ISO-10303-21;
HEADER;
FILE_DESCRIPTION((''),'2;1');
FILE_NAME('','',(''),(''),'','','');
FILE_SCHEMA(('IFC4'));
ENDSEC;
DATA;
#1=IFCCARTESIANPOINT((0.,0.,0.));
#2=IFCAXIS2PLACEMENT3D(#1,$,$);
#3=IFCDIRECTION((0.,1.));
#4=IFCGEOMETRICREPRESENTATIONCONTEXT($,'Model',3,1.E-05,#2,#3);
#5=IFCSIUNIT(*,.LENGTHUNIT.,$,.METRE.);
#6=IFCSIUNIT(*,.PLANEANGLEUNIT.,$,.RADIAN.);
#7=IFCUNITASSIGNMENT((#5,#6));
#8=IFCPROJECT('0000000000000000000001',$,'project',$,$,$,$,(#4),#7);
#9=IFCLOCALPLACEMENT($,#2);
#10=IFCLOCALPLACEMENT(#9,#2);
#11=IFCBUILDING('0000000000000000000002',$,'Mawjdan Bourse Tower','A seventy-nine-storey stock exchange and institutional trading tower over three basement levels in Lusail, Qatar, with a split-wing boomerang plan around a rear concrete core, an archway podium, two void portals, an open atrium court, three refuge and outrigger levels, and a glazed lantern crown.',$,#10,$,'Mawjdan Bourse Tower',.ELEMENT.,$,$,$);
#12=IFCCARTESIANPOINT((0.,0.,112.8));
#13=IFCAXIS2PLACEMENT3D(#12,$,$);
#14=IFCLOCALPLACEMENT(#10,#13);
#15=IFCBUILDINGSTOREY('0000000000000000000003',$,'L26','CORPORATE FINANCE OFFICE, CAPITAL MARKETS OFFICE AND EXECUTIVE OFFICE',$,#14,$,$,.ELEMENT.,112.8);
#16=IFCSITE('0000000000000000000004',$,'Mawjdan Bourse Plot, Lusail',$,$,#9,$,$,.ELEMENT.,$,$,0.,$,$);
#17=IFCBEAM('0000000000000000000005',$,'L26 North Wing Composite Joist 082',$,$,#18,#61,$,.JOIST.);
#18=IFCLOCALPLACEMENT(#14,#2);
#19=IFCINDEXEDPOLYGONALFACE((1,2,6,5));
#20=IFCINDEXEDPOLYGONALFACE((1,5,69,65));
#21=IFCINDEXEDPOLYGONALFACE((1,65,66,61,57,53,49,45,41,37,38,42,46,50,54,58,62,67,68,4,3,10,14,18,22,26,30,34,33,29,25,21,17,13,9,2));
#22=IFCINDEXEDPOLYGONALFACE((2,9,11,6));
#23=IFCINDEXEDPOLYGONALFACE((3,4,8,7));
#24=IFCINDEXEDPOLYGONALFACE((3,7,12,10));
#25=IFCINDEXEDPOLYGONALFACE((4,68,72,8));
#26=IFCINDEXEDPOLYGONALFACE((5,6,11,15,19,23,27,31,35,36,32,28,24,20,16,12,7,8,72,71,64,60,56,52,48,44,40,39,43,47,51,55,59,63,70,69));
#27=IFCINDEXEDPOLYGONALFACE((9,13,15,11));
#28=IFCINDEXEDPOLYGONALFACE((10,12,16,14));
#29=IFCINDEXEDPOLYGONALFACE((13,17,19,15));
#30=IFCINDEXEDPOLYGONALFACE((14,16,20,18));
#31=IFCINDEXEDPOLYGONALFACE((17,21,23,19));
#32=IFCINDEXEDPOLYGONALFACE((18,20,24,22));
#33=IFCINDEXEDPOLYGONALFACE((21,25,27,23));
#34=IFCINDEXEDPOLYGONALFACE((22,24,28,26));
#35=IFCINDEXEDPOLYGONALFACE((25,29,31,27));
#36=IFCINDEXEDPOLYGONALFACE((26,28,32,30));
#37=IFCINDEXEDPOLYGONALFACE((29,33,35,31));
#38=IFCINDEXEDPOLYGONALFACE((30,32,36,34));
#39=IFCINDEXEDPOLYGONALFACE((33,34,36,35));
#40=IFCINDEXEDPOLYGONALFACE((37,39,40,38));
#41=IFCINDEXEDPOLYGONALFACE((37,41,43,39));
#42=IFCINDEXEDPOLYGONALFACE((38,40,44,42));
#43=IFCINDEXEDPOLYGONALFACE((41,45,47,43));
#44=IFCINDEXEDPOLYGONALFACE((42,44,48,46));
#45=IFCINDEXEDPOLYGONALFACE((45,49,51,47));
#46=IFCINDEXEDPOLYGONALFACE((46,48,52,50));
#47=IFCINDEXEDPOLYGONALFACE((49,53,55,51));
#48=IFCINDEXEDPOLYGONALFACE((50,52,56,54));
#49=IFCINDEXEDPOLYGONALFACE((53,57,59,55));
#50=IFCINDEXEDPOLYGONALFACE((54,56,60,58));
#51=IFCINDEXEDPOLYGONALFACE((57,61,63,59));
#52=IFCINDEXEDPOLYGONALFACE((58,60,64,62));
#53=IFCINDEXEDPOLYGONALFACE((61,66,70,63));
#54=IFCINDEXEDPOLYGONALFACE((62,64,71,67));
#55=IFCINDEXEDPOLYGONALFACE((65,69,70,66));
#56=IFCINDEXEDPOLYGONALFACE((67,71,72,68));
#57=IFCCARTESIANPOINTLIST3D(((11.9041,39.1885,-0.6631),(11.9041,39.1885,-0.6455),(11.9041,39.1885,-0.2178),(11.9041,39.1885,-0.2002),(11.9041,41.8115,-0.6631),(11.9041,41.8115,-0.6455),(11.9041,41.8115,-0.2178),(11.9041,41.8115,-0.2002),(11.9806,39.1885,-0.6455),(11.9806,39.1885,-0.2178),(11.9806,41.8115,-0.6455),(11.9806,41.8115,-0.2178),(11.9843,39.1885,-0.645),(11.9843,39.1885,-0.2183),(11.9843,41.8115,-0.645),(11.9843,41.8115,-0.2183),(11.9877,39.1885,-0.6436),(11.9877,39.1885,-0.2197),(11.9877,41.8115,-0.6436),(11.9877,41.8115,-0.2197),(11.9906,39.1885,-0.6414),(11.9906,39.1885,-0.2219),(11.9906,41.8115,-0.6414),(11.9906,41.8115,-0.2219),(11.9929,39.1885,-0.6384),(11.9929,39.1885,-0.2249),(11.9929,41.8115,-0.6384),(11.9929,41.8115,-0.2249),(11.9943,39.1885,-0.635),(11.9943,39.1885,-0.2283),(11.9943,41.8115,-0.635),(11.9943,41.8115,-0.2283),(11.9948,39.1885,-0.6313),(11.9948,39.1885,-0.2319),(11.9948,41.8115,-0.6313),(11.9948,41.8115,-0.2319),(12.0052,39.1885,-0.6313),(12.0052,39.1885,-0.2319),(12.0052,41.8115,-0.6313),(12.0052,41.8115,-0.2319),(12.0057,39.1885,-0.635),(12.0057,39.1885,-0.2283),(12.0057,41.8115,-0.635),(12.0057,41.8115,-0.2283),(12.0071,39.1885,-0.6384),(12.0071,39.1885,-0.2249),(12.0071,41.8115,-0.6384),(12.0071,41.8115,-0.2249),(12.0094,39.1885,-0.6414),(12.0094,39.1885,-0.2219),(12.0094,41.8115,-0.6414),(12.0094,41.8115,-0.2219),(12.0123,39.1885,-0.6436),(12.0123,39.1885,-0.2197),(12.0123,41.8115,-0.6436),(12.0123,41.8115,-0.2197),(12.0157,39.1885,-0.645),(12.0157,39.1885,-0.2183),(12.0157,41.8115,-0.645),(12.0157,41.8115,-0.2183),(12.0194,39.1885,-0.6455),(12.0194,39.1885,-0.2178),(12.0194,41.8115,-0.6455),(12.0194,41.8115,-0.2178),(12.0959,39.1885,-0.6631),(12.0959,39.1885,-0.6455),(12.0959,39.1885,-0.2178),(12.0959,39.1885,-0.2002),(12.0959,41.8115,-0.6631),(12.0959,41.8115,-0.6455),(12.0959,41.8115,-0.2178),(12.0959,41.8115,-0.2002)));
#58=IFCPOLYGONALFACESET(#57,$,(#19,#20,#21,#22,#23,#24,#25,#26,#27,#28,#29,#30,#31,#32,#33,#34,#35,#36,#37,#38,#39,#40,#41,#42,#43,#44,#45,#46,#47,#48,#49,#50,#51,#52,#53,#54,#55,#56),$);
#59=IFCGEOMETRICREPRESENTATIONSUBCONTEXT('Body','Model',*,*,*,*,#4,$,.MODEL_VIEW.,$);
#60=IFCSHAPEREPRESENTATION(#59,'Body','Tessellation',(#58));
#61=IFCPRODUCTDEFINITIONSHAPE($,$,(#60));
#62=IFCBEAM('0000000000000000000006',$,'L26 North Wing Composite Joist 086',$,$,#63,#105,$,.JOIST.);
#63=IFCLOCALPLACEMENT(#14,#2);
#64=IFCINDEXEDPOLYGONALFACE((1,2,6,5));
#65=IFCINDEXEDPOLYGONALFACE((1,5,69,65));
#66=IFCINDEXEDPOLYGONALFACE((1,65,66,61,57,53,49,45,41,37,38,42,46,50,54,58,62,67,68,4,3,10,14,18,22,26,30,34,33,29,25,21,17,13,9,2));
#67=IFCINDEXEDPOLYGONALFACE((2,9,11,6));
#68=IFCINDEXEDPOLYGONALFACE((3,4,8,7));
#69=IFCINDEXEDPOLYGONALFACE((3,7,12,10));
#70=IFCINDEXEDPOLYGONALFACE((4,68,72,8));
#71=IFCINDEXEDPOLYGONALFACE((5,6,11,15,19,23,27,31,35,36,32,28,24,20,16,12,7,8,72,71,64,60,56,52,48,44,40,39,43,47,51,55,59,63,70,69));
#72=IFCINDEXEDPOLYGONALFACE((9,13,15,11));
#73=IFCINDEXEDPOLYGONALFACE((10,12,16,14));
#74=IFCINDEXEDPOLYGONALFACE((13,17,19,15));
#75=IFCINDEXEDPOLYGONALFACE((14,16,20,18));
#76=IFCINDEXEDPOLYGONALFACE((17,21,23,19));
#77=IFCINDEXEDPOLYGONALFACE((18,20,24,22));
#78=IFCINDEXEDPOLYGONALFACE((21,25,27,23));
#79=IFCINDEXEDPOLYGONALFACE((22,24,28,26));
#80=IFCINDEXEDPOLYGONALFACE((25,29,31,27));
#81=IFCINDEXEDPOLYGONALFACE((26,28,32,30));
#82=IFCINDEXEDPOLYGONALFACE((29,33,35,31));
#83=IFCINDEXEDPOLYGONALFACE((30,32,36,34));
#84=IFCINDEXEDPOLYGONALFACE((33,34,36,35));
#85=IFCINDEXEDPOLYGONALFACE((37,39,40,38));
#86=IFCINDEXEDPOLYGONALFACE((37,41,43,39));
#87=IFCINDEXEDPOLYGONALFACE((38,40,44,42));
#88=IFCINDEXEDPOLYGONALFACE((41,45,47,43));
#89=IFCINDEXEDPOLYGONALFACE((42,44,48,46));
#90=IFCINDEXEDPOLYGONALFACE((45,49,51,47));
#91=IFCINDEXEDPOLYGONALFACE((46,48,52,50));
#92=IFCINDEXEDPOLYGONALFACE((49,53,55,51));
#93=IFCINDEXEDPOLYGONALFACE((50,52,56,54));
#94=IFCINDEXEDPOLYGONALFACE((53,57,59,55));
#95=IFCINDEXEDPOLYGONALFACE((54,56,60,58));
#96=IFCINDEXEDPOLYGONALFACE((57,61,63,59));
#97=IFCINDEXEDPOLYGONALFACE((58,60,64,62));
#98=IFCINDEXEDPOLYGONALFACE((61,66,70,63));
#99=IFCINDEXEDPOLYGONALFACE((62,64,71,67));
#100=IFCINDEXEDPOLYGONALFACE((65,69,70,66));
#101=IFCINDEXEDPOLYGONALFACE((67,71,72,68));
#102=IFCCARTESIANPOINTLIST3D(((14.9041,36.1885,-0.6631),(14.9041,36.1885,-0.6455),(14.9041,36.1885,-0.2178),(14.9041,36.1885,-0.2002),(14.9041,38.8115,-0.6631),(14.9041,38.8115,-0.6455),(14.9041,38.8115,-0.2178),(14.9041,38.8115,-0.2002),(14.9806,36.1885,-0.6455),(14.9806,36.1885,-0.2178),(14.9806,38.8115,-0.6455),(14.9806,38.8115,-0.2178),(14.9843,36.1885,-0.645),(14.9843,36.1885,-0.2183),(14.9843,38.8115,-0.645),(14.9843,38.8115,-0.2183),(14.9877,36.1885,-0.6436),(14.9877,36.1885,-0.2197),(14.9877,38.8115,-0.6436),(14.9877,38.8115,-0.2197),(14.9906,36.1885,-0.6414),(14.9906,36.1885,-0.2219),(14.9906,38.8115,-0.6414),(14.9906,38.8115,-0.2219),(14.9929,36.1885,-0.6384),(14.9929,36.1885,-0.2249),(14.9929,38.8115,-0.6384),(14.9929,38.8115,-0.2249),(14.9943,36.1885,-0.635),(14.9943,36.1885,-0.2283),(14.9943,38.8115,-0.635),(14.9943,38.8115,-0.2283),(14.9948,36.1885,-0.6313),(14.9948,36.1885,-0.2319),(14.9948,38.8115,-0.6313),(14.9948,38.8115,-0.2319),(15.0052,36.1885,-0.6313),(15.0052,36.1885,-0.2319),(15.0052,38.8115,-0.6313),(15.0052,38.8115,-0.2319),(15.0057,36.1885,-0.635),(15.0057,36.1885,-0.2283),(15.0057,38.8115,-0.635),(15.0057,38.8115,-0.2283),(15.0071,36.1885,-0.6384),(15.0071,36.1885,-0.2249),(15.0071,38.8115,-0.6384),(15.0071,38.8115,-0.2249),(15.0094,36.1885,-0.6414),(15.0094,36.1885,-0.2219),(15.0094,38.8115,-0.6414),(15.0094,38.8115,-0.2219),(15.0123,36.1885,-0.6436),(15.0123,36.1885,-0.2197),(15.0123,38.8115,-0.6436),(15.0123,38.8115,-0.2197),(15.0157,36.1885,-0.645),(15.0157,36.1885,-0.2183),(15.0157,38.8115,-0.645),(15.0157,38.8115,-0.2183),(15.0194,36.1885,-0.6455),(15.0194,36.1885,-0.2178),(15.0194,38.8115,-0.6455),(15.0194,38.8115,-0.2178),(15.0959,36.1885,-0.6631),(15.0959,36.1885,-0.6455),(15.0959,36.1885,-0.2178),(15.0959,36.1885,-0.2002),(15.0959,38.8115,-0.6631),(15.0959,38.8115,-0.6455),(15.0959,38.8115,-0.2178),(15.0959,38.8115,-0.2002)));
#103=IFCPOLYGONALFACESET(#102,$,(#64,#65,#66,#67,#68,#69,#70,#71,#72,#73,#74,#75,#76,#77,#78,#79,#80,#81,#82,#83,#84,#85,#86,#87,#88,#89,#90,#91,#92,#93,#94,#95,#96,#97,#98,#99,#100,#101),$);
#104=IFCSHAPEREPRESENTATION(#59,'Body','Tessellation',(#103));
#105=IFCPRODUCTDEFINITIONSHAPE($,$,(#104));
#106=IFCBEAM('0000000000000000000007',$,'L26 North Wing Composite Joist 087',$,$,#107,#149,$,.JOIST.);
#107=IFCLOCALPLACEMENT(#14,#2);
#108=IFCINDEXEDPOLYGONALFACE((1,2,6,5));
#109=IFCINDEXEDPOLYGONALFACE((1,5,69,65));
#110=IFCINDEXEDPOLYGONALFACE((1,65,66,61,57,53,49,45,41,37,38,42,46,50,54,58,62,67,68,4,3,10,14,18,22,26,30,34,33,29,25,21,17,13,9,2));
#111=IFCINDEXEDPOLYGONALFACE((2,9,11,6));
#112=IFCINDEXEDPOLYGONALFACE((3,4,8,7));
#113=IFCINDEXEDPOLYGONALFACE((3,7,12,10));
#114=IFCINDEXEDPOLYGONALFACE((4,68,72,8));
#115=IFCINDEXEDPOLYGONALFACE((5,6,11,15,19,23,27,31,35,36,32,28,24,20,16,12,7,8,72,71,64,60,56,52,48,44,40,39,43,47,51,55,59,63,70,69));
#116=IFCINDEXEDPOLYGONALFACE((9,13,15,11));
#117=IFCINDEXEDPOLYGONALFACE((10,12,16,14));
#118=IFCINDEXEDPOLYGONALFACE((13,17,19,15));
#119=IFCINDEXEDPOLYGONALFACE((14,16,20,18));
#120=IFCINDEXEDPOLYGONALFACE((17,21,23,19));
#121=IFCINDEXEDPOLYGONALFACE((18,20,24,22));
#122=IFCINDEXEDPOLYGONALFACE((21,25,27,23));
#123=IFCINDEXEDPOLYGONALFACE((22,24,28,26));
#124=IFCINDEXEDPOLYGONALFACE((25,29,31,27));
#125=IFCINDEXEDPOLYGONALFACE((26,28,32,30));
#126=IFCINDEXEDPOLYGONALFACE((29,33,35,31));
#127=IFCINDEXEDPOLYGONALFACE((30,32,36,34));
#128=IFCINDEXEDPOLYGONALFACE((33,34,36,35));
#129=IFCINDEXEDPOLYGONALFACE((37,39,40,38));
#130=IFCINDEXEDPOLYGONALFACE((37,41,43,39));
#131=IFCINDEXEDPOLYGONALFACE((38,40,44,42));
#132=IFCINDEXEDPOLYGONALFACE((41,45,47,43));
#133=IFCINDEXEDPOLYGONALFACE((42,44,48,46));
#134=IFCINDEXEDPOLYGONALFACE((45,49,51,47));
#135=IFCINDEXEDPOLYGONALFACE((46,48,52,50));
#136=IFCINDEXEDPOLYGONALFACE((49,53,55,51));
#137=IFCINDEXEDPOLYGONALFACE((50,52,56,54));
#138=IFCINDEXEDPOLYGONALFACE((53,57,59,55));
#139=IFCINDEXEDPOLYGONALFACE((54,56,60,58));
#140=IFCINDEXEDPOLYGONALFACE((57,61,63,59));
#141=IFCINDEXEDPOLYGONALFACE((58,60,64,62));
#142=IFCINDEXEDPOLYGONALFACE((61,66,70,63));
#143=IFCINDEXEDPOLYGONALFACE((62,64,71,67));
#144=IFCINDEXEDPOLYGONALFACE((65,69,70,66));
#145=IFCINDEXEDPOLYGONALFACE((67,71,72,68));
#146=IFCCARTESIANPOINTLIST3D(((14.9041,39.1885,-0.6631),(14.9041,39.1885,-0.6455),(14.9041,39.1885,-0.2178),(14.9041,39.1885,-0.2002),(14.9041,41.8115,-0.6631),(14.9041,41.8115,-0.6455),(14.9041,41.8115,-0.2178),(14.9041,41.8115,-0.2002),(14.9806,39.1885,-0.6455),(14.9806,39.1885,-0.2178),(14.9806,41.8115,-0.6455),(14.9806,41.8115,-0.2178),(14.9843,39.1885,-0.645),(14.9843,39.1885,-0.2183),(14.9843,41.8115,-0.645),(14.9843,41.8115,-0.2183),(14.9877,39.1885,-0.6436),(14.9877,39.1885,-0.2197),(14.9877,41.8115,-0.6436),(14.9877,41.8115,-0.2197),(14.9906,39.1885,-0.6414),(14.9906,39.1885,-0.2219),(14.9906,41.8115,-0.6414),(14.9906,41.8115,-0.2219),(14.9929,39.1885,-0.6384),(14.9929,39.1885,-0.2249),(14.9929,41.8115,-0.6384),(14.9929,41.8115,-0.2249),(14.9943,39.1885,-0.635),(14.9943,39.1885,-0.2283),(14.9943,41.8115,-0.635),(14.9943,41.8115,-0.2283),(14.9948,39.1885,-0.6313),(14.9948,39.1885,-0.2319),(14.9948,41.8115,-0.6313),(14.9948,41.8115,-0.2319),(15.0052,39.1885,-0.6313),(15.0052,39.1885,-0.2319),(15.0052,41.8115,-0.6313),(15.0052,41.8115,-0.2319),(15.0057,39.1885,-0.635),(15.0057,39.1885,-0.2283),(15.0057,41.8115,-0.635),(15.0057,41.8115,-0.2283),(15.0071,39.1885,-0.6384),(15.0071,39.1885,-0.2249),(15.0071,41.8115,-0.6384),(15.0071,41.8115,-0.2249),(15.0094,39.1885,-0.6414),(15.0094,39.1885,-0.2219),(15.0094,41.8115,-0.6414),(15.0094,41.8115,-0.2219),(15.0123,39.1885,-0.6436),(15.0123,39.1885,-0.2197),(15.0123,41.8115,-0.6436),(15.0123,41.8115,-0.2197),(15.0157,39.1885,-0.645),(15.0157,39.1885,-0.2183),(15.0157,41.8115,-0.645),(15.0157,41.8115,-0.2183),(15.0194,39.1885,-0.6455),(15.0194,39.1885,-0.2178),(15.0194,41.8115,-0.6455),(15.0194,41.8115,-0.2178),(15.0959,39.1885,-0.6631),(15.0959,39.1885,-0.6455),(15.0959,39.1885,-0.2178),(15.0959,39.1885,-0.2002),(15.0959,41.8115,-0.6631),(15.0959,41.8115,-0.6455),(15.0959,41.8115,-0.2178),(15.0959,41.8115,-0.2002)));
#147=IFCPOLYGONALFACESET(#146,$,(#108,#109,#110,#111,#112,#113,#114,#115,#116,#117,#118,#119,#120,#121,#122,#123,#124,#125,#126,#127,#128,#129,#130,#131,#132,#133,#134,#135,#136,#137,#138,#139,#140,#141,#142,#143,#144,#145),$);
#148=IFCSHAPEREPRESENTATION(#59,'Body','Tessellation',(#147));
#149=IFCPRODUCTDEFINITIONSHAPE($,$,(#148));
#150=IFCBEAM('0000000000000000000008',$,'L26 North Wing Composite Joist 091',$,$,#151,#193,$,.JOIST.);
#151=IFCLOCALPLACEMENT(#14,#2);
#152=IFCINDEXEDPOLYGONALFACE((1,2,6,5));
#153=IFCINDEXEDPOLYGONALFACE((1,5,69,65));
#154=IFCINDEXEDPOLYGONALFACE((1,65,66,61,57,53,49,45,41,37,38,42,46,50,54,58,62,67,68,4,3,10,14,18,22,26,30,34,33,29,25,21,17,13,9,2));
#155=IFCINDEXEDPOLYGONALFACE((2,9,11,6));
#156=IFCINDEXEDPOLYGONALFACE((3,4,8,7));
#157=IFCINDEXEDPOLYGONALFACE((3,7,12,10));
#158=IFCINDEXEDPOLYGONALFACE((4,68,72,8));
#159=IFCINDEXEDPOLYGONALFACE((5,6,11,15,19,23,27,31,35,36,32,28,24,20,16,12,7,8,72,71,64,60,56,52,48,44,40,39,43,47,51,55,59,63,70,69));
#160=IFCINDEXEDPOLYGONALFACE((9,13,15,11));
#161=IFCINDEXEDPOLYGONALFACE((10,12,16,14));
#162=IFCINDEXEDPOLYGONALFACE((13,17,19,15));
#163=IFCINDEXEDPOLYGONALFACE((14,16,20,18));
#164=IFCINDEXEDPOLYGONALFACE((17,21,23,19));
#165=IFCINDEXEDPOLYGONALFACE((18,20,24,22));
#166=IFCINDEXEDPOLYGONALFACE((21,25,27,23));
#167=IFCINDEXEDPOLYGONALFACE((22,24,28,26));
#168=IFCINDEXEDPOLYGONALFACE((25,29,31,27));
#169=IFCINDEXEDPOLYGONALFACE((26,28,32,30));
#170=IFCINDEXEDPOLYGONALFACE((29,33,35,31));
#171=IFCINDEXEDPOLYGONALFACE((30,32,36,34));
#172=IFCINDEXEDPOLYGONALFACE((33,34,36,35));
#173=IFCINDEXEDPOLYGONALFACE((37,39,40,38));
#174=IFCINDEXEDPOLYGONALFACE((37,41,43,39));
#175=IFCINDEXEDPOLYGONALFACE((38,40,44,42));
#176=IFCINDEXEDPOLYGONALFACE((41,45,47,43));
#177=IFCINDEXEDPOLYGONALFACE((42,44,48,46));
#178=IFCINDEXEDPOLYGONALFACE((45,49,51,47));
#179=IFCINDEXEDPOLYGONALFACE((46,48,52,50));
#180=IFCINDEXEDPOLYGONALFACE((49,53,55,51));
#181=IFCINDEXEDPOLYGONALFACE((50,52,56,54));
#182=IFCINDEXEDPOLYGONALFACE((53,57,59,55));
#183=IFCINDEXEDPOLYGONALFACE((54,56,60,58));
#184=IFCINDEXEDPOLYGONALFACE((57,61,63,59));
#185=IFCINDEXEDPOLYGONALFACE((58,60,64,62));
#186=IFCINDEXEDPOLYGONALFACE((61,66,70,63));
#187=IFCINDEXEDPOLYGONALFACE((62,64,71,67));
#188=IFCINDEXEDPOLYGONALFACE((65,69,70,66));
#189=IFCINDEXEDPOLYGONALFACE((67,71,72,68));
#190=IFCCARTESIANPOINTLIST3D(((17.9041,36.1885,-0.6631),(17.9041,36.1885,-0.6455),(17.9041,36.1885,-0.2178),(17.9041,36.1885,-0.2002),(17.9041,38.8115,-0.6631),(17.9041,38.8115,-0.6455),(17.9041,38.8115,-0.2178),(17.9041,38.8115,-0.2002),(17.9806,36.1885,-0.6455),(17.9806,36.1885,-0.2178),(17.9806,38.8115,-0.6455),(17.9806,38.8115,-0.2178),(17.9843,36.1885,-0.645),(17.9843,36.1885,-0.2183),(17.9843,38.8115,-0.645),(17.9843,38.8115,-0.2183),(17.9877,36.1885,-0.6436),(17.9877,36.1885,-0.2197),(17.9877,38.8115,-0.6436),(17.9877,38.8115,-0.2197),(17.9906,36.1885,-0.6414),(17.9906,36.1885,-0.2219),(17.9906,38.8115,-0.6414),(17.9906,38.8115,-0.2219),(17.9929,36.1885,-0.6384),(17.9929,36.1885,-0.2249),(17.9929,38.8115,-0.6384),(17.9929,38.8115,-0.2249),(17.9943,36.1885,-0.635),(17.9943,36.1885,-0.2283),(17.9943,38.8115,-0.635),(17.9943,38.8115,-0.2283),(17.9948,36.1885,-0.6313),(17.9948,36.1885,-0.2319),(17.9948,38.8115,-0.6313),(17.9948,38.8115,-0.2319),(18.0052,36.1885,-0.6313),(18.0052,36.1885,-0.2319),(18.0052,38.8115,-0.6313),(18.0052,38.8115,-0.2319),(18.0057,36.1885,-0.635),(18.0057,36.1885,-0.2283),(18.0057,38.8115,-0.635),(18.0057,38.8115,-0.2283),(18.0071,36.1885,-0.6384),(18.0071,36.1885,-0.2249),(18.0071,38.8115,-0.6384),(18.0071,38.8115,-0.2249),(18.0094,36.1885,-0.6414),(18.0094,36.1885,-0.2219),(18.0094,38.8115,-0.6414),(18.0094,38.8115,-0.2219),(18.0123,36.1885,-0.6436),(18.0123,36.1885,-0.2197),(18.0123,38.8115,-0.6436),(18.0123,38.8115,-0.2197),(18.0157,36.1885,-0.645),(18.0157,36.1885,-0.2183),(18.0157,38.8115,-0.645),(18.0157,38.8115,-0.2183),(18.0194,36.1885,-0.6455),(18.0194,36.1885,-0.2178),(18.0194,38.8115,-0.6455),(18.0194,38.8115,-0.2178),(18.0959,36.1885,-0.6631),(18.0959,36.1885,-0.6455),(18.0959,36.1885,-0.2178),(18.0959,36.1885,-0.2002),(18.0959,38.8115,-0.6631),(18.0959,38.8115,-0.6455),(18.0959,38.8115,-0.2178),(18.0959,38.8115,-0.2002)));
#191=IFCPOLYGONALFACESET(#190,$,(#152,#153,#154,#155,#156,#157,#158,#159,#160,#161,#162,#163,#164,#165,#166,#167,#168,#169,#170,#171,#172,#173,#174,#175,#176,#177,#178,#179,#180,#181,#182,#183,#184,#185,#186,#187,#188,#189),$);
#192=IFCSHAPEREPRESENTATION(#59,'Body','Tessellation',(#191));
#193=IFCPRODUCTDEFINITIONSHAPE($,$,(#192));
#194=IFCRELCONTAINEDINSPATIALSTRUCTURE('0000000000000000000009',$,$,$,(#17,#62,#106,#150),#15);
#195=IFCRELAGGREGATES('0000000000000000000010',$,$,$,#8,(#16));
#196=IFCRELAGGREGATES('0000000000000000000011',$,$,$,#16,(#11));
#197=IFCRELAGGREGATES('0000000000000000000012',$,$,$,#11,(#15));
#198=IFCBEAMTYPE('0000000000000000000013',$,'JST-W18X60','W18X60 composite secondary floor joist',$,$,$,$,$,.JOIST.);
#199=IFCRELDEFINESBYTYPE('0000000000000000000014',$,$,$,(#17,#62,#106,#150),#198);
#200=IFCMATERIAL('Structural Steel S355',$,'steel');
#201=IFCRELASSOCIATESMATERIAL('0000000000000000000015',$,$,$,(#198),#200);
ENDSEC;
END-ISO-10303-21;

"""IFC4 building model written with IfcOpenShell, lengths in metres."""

from ifc_helpers import new_model, si_unit, direction, frame, origin, origin_2d, place, context, subcontext, project, spatial, i_section, extrude, material, material_profile, profile_set, type_object, element, save


model = new_model("IFC4")

# Units and contexts
model_context = context("Model", 3, precision=1e-05, world=origin(), true_north=direction((0.0, 1.0)))
body_context = subcontext(model_context, "Body", "Model", "MODEL_VIEW")
ifc_project = project(units=[si_unit("LENGTHUNIT", "METRE"), si_unit("PLANEANGLEUNIT", "RADIAN")], contexts=[model_context])

# Site, building, storey
site_placement = place(None, origin())
site = spatial("IfcSite", under=ifc_project, at=site_placement, Name="Mawjdan Bourse Plot, Lusail", CompositionType="ELEMENT", RefElevation=0.0)
building_placement = place(site_placement, origin())
building = spatial("IfcBuilding", under=site, at=building_placement, Name="Mawjdan Bourse Tower", Description="A seventy-nine-storey stock exchange and institutional trading tower over three basement levels in Lusail, Qatar, with a split-wing boomerang plan around a rear concrete core, an archway podium, two void portals, an open atrium court, three refuge and outrigger levels, and a glazed lantern crown.", LongName="Mawjdan Bourse Tower", CompositionType="ELEMENT")
storey_placement = place(building_placement, frame((0.0, 0.0, 112.8)))
storey = spatial("IfcBuildingStorey", under=building, at=storey_placement, Name="L26", Description="CORPORATE FINANCE OFFICE, CAPITAL MARKETS OFFICE AND EXECUTIVE OFFICE", CompositionType="ELEMENT", Elevation=112.8)

# Beams
ifc_material_1 = material(Name="Structural Steel S355", Category="steel")
ifc_material_profile_1 = material_profile(ifc_material_1, i_section(OverallWidth=0.1919, OverallDepth=0.4629, WebThickness=0.0105, FlangeThickness=0.0176, FilletRadius=0.0142, at=origin_2d()), Name="W18X60")
ifc_profile_set_1 = profile_set([ifc_material_profile_1], Name="Structural Steel S355")
beam_type_1 = type_object("IfcBeamType", Name="JST-W18X60", Description="W18X60 composite secondary floor joist", PredefinedType="JOIST", material=ifc_profile_set_1)
for number, where, z_axis, x_axis, name in (
    (1, (12.0, 39.1885, -0.4316), (0.0, 1.0, 0.0), (-1.0, 0.0, 0.0), "L26 North Wing Composite Joist 082"),
    (2, (15.0, 36.1885, -0.4316), (0.0, 1.0, 0.0), (-1.0, 0.0, 0.0), "L26 North Wing Composite Joist 086"),
    (3, (15.0, 39.1885, -0.4316), (0.0, 1.0, 0.0), (-1.0, 0.0, 0.0), "L26 North Wing Composite Joist 087"),
    (4, (18.0, 36.1885, -0.4316), (0.0, 1.0, 0.0), (-1.0, 0.0, 0.0), "L26 North Wing Composite Joist 091"),
):
    element("IfcBeam", number, at=place(storey_placement, frame(where, z_axis=z_axis, x_axis=x_axis)), inside=storey, type_object=beam_type_1, Name=name, PredefinedType="JOIST", context=body_context, shape_type="SweptSolid", body=[
        extrude(i_section(OverallWidth=0.1919, OverallDepth=0.4629, WebThickness=0.0105, FlangeThickness=0.0176, FilletRadius=0.0142, at=origin_2d()), origin(), (0.0, 0.0, 1.0), 2.623),
    ])

save(model, "model.ifc")
